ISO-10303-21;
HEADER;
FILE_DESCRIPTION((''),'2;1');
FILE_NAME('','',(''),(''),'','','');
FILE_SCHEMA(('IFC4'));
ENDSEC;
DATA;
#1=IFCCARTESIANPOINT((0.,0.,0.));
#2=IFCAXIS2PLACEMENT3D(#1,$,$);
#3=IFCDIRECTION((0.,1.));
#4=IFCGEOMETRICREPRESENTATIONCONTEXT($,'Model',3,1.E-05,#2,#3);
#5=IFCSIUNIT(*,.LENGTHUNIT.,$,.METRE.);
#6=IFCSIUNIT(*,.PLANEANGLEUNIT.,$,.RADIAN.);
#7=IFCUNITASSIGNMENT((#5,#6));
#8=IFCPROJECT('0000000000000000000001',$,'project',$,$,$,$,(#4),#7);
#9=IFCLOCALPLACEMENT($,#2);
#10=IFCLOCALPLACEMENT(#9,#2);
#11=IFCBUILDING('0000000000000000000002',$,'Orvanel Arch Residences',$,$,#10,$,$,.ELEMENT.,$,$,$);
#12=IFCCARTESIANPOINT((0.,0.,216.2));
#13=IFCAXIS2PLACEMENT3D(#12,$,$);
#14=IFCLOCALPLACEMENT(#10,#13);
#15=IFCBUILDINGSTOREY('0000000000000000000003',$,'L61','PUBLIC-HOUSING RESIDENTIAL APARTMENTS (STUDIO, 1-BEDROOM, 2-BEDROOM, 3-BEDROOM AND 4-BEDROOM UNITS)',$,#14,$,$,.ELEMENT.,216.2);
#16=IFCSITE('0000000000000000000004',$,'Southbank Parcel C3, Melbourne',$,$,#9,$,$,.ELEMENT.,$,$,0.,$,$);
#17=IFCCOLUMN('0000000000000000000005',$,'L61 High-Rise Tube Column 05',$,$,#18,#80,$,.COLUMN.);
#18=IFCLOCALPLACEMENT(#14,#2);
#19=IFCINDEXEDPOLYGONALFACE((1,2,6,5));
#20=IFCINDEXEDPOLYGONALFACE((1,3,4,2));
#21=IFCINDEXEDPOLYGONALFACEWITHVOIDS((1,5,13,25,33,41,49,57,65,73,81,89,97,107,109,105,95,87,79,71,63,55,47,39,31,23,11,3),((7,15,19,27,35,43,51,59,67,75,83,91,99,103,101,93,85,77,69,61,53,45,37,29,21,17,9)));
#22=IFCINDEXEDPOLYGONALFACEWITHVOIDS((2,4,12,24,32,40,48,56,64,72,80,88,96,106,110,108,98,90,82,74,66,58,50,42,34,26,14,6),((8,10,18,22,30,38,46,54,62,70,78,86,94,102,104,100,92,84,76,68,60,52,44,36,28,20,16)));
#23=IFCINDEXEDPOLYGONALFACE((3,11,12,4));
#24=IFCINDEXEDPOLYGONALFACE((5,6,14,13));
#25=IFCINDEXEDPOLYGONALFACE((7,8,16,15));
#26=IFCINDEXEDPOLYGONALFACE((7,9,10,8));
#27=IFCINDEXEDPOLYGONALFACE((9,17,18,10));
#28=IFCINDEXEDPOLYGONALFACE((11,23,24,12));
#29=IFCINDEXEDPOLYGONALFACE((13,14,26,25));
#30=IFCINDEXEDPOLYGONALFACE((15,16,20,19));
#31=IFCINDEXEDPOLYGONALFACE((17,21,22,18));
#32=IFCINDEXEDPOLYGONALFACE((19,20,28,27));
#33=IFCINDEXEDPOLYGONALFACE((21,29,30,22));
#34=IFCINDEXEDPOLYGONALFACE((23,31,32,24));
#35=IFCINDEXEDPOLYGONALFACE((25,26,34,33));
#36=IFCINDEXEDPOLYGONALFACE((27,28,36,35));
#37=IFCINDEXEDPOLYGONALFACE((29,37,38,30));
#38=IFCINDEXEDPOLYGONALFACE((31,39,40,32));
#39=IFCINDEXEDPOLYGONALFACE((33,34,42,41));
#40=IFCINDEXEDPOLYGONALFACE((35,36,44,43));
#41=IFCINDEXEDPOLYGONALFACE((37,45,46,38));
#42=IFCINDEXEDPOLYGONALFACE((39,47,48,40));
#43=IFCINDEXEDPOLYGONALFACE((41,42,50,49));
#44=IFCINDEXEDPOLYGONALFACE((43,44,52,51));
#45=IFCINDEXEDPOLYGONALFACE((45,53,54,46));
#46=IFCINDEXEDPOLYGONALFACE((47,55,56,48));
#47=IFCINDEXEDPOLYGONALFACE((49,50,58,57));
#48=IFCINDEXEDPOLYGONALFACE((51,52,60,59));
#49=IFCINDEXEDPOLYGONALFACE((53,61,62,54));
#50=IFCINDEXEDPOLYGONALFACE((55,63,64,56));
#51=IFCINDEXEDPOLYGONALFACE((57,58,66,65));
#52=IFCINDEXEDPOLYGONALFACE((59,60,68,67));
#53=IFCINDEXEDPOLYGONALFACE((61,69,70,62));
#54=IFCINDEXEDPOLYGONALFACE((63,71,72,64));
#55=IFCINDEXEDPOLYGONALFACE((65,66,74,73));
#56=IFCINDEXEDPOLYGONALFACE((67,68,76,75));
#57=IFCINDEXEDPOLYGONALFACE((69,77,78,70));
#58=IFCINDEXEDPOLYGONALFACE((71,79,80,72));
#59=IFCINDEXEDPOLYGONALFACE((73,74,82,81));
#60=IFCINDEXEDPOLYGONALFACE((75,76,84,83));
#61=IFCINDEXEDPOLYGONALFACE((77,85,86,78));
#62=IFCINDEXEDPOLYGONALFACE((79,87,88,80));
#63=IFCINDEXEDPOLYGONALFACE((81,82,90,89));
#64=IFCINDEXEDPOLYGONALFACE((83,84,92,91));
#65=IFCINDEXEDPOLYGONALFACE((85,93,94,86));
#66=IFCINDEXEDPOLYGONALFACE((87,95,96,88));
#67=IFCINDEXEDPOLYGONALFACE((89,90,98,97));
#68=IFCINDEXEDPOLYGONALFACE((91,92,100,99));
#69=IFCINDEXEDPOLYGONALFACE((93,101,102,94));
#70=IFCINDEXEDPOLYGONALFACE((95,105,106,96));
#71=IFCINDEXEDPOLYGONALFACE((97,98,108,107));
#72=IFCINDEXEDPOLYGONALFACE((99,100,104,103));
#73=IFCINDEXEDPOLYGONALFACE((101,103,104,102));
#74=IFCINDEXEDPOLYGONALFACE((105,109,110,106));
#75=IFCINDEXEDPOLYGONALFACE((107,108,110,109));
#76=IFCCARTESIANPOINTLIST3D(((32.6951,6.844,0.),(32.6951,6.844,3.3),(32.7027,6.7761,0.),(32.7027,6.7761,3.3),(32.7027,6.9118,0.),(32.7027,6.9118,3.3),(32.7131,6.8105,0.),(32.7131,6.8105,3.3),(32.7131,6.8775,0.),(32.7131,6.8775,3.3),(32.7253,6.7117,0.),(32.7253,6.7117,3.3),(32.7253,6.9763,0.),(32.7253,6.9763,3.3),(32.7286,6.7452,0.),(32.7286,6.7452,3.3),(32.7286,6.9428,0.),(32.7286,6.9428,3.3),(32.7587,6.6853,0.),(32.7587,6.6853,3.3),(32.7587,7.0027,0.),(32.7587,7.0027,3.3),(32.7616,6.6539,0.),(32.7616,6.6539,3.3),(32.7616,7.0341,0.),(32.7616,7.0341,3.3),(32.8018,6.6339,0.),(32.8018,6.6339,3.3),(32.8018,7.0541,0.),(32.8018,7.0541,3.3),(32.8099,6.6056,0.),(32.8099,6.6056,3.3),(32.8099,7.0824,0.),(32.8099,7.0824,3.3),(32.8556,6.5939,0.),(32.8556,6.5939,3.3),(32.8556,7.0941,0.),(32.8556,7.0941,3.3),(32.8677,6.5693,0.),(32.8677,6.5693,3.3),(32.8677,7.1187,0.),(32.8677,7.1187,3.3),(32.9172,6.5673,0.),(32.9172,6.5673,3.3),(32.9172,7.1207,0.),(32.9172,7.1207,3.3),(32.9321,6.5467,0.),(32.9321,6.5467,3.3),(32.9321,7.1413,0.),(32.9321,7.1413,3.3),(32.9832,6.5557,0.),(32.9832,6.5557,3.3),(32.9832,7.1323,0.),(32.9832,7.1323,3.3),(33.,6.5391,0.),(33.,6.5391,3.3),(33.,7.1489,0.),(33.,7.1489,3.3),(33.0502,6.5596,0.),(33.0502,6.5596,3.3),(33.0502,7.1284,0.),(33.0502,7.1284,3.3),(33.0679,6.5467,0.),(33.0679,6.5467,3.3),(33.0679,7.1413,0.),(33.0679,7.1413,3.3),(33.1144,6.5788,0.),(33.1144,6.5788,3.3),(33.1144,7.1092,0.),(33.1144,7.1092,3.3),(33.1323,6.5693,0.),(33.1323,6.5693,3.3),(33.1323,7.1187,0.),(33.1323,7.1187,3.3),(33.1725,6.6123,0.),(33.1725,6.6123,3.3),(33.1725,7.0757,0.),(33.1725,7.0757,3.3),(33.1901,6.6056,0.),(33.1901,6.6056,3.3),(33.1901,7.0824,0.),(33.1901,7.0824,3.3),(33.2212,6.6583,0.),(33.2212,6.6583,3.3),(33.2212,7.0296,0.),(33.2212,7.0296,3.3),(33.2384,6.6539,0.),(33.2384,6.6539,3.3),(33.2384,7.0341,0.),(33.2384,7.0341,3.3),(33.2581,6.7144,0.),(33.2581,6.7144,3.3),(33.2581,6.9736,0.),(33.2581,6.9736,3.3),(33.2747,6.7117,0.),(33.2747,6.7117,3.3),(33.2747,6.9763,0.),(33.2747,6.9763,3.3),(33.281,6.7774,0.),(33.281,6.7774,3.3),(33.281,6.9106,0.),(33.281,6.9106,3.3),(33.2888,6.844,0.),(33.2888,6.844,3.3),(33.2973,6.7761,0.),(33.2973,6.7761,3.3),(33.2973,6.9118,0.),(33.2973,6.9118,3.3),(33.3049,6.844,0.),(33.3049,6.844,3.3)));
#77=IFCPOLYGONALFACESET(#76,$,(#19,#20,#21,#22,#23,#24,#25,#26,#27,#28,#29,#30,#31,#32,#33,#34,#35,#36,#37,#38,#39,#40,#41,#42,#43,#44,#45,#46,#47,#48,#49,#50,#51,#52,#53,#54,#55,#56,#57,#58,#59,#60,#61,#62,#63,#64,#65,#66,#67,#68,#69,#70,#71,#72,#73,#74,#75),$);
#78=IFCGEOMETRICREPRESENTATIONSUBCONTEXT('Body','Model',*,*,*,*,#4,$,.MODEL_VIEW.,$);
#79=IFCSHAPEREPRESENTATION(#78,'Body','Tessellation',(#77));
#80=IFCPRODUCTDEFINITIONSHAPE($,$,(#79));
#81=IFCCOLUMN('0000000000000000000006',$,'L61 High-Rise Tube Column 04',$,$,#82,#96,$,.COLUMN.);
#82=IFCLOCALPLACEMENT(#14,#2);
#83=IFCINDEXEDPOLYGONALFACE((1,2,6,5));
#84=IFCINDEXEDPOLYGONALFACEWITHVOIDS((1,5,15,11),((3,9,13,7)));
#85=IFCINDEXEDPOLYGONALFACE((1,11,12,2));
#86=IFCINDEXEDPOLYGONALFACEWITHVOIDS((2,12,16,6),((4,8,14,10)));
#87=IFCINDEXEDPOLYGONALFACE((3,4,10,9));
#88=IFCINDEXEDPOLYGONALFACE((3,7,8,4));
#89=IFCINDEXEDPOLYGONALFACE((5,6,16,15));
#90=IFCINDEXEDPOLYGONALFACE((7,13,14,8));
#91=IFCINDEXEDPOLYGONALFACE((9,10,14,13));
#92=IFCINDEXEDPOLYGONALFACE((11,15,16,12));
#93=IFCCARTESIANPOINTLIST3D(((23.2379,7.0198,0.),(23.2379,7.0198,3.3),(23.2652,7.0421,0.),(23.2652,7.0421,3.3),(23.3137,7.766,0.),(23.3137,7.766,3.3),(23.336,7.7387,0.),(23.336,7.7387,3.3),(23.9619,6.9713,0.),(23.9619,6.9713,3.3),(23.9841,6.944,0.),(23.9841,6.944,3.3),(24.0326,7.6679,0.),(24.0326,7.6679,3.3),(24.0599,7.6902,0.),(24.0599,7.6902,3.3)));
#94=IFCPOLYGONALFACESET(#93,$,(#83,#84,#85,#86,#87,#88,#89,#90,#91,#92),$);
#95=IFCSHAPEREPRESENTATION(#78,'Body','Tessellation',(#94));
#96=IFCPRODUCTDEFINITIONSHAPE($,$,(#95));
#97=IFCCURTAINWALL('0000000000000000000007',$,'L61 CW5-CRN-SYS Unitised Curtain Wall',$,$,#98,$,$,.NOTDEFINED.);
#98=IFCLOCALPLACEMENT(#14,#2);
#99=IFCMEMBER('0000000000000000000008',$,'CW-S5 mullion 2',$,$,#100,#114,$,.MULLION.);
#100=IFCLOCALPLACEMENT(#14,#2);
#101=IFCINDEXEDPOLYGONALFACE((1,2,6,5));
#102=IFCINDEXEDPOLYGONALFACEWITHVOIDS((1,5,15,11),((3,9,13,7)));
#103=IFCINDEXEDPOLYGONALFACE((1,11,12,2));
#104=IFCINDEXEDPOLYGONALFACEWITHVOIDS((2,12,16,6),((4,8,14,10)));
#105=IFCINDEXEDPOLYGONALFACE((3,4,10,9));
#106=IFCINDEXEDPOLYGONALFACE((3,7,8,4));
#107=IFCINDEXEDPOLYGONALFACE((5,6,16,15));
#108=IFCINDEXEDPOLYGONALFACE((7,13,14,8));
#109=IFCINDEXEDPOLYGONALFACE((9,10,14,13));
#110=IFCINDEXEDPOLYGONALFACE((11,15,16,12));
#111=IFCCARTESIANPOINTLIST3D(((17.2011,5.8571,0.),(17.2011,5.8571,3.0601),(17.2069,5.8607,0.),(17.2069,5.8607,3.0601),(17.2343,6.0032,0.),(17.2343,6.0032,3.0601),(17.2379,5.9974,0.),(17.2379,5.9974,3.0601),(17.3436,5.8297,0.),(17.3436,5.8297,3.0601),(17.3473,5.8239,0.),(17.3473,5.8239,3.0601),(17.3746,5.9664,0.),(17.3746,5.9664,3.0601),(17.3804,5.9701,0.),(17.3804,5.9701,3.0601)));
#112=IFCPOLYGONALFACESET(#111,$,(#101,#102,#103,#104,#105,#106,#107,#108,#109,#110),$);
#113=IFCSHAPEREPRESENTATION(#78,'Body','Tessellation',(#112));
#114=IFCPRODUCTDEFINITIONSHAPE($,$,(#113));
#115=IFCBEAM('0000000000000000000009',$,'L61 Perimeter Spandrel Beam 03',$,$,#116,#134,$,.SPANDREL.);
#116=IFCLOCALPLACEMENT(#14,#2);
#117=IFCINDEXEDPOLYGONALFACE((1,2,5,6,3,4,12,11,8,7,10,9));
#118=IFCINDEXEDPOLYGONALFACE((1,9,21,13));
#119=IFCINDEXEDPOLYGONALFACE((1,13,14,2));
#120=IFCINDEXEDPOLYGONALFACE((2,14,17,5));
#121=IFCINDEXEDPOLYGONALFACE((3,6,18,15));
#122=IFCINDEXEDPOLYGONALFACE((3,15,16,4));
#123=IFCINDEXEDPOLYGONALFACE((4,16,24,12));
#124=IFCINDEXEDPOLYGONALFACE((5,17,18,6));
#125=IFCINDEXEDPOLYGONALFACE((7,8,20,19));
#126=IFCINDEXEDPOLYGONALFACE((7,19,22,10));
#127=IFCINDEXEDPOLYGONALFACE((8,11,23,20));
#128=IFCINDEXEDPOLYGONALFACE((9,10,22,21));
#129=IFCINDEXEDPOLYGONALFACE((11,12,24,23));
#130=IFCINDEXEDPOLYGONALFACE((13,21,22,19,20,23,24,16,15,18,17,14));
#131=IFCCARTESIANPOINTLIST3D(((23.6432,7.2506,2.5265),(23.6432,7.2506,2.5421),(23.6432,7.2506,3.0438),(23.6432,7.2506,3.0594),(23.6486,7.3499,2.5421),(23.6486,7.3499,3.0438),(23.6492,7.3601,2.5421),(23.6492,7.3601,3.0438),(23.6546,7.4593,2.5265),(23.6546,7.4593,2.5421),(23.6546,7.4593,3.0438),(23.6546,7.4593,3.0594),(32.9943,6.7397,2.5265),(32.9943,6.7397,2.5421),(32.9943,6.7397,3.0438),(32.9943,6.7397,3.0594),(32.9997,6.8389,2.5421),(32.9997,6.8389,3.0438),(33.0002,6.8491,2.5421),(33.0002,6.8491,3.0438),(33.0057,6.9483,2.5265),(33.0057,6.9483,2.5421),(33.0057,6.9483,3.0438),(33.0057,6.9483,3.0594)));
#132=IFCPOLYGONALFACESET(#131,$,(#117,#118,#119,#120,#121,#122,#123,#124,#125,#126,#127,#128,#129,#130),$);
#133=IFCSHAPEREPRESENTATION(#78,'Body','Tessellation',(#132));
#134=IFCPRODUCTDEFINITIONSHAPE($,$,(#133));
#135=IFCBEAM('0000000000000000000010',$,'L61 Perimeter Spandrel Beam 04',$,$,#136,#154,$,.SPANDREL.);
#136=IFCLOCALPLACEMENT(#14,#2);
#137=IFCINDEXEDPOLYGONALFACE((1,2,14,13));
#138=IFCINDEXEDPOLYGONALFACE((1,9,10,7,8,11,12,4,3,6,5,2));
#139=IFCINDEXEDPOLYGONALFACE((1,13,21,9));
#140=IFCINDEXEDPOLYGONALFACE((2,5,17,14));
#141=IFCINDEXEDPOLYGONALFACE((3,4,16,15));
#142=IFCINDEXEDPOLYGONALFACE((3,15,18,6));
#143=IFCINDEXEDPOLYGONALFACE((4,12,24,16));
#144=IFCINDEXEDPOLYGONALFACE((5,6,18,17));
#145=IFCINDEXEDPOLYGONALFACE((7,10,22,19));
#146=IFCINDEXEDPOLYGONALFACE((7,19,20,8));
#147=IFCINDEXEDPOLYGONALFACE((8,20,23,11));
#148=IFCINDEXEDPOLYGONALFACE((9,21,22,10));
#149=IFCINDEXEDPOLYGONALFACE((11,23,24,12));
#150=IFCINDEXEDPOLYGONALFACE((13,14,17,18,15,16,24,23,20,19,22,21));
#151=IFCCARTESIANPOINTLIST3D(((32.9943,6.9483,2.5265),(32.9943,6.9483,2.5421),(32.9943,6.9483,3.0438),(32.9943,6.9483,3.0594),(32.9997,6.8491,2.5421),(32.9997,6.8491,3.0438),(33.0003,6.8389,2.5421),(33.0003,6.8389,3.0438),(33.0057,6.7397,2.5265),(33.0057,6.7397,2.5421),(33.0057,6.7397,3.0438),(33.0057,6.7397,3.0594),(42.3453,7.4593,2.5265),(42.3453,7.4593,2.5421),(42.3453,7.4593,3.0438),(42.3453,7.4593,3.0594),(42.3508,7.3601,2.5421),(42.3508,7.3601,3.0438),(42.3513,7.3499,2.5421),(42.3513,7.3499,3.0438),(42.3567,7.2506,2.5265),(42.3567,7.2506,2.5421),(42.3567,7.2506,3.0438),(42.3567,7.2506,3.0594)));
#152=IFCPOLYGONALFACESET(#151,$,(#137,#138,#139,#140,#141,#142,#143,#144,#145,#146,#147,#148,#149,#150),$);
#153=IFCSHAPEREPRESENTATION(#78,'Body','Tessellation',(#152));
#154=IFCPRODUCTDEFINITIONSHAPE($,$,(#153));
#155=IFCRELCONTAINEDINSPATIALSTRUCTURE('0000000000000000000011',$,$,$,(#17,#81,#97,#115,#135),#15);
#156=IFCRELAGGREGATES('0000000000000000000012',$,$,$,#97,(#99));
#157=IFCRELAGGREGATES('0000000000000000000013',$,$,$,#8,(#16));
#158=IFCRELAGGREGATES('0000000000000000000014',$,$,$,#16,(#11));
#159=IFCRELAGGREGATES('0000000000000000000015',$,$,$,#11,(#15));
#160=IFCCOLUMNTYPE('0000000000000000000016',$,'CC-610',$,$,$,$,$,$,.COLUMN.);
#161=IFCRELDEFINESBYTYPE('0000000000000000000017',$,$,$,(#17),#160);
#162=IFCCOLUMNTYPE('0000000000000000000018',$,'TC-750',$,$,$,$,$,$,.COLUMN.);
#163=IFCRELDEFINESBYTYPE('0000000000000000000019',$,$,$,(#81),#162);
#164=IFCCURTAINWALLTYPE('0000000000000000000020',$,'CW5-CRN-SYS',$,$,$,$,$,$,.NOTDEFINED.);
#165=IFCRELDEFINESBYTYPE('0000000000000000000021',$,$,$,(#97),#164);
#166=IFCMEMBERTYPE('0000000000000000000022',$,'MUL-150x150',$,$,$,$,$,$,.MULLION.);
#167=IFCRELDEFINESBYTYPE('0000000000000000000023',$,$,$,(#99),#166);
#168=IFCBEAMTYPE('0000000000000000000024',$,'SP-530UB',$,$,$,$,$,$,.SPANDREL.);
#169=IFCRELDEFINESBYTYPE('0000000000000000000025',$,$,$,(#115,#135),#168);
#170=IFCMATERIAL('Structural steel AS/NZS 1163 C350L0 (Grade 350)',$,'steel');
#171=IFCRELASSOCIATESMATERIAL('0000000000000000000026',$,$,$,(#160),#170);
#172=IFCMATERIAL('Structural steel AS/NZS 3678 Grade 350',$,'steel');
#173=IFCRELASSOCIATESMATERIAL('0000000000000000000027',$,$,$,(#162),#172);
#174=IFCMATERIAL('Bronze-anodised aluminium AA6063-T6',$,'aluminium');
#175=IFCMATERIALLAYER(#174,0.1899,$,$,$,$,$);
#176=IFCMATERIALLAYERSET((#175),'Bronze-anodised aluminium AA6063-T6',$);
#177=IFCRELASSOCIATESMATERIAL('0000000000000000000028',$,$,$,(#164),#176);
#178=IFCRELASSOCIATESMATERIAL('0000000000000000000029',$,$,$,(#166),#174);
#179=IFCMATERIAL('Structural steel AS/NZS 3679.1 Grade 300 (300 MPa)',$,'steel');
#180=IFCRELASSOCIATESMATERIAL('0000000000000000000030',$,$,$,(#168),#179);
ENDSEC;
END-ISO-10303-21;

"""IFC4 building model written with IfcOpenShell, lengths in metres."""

from ifc_helpers import new_model, si_unit, direction, frame, origin, origin_2d, place, context, subcontext, project, spatial, hollow_rectangle, hollow_circle, i_section, extrude, material, layer, layer_set, material_profile, profile_set, type_object, element, aggregate, save


model = new_model("IFC4")

# Units and contexts
model_context = context("Model", 3, precision=1e-05, world=origin(), true_north=direction((0.0, 1.0)))
body_context = subcontext(model_context, "Body", "Model", "MODEL_VIEW")
ifc_project = project(units=[si_unit("LENGTHUNIT", "METRE"), si_unit("PLANEANGLEUNIT", "RADIAN")], contexts=[model_context])

# Site, building, storey
site_placement = place(None, origin())
site = spatial("IfcSite", under=ifc_project, at=site_placement, Name="Southbank Parcel C3, Melbourne", CompositionType="ELEMENT", RefElevation=0.0)
building_placement = place(site_placement, origin())
building = spatial("IfcBuilding", under=site, at=building_placement, Name="Orvanel Arch Residences", CompositionType="ELEMENT")
storey_placement = place(building_placement, frame((0.0, 0.0, 216.2)))
storey = spatial("IfcBuildingStorey", under=building, at=storey_placement, Name="L61", Description="PUBLIC-HOUSING RESIDENTIAL APARTMENTS (STUDIO, 1-BEDROOM, 2-BEDROOM, 3-BEDROOM AND 4-BEDROOM UNITS)", CompositionType="ELEMENT", Elevation=216.2)

# Columns
ifc_material_1 = material(Name="Structural steel AS/NZS 1163 C350L0 (Grade 350)", Category="steel")
ifc_material_profile_1 = material_profile(ifc_material_1, hollow_circle(Radius=0.3049, WallThickness=0.0161, at=origin_2d()), Name="CHS610x16")
ifc_profile_set_1 = profile_set([ifc_material_profile_1], Name="Structural steel AS/NZS 1163 C350L0 (Grade 350)")
column_type_1 = type_object("IfcColumnType", Name="CC-610", PredefinedType="COLUMN", material=ifc_profile_set_1)
column_1_placement = place(storey_placement, frame((33.0, 6.844, 0.0), z_axis=(0.0, 0.0, 1.0), x_axis=(1.0, 0.0, 0.0)))
element("IfcColumn", 1, at=column_1_placement, inside=storey, type_object=column_type_1, Name="L61 High-Rise Tube Column 05", PredefinedType="COLUMN", context=body_context, shape_type="SweptSolid", body=[
    extrude(hollow_circle(Radius=0.3049, WallThickness=0.0161, at=origin_2d()), origin(), (0.0, 0.0, 1.0), 3.3),
])
ifc_material_2 = material(Name="Structural steel AS/NZS 3678 Grade 350", Category="steel")
ifc_material_profile_2 = material_profile(ifc_material_2, hollow_rectangle(XDim=0.75, YDim=0.75, WallThickness=0.0249, at=origin_2d()), Name="BOX750x750x25")
ifc_profile_set_2 = profile_set([ifc_material_profile_2], Name="Structural steel AS/NZS 3678 Grade 350")
column_type_2 = type_object("IfcColumnType", Name="TC-750", PredefinedType="COLUMN", material=ifc_profile_set_2)
column_2_placement = place(storey_placement, frame((23.6489, 7.355, 0.0), z_axis=(0.0, 0.0, 1.0), x_axis=(-0.994881, 0.101056, 0.0)))
element("IfcColumn", 2, at=column_2_placement, inside=storey, type_object=column_type_2, Name="L61 High-Rise Tube Column 04", PredefinedType="COLUMN", context=body_context, shape_type="SweptSolid", body=[
    extrude(hollow_rectangle(XDim=0.75, YDim=0.75, WallThickness=0.0249, at=origin_2d()), origin(), (0.0, 0.0, 1.0), 3.3),
])

# Curtain wall, member
ifc_material_3 = material(Name="Bronze-anodised aluminium AA6063-T6", Category="aluminium")
ifc_layer_1 = layer(ifc_material_3, 0.1899)
ifc_layer_set_1 = layer_set([ifc_layer_1], Name="Bronze-anodised aluminium AA6063-T6")
curtain_wall_type = type_object("IfcCurtainWallType", Name="CW5-CRN-SYS", PredefinedType="NOTDEFINED", material=ifc_layer_set_1)
curtain_wall_placement = place(storey_placement, origin())
curtain_wall = element("IfcCurtainWall", 3, at=curtain_wall_placement, inside=storey, type_object=curtain_wall_type, Name="L61 CW5-CRN-SYS Unitised Curtain Wall", PredefinedType="NOTDEFINED")
ifc_material_profile_3 = material_profile(ifc_material_3, hollow_rectangle(XDim=0.1499, YDim=0.1499, WallThickness=0.0049, at=origin_2d()), Name="ALU150x150x5")
ifc_profile_set_3 = profile_set([ifc_material_profile_3], Name="Bronze-anodised aluminium AA6063-T6")
member_type = type_object("IfcMemberType", Name="MUL-150x150", PredefinedType="MULLION", material=ifc_profile_set_3)
member_placement = place(storey_placement, frame((17.2908, 5.9136, 0.0), z_axis=(0.0, 0.0, 1.0), x_axis=(0.221184, 0.975232, 0.0)))
member = element("IfcMember", 4, at=member_placement, type_object=member_type, Name="CW-S5 mullion 2", PredefinedType="MULLION", context=body_context, shape_type="SweptSolid", body=[
    extrude(hollow_rectangle(XDim=0.1499, YDim=0.1499, WallThickness=0.0049, at=origin_2d()), origin(), (0.0, 0.0, 1.0), 3.0601),
])
aggregate(curtain_wall, [member])

# Beams
ifc_material_4 = material(Name="Structural steel AS/NZS 3679.1 Grade 300 (300 MPa)", Category="steel")
ifc_material_profile_4 = material_profile(ifc_material_4, i_section(OverallWidth=0.209, OverallDepth=0.533, WebThickness=0.0103, FlangeThickness=0.0156, at=origin_2d()), Name="530UB92.4")
ifc_profile_set_4 = profile_set([ifc_material_profile_4], Name="Structural steel AS/NZS 3679.1 Grade 300 (300 MPa)")
beam_type = type_object("IfcBeamType", Name="SP-530UB", PredefinedType="SPANDREL", material=ifc_profile_set_4)
for number, where, z_axis, x_axis, name in (
    (5, (23.6489, 7.355, 2.793), (0.99851, -0.054563, 0.0), (0.054563, 0.99851, 0.0), "L61 Perimeter Spandrel Beam 03"),
    (6, (33.0, 6.844, 2.793), (0.99851, 0.054563, 0.0), (-0.054563, 0.99851, 0.0), "L61 Perimeter Spandrel Beam 04"),
):
    element("IfcBeam", number, at=place(storey_placement, frame(where, z_axis=z_axis, x_axis=x_axis)), inside=storey, type_object=beam_type, Name=name, PredefinedType="SPANDREL", context=body_context, shape_type="SweptSolid", body=[
        extrude(i_section(OverallWidth=0.209, OverallDepth=0.533, WebThickness=0.0103, FlangeThickness=0.0156, at=origin_2d()), origin(), (0.0, 0.0, 1.0), 9.365),
    ])

save(model, "model.ifc")
